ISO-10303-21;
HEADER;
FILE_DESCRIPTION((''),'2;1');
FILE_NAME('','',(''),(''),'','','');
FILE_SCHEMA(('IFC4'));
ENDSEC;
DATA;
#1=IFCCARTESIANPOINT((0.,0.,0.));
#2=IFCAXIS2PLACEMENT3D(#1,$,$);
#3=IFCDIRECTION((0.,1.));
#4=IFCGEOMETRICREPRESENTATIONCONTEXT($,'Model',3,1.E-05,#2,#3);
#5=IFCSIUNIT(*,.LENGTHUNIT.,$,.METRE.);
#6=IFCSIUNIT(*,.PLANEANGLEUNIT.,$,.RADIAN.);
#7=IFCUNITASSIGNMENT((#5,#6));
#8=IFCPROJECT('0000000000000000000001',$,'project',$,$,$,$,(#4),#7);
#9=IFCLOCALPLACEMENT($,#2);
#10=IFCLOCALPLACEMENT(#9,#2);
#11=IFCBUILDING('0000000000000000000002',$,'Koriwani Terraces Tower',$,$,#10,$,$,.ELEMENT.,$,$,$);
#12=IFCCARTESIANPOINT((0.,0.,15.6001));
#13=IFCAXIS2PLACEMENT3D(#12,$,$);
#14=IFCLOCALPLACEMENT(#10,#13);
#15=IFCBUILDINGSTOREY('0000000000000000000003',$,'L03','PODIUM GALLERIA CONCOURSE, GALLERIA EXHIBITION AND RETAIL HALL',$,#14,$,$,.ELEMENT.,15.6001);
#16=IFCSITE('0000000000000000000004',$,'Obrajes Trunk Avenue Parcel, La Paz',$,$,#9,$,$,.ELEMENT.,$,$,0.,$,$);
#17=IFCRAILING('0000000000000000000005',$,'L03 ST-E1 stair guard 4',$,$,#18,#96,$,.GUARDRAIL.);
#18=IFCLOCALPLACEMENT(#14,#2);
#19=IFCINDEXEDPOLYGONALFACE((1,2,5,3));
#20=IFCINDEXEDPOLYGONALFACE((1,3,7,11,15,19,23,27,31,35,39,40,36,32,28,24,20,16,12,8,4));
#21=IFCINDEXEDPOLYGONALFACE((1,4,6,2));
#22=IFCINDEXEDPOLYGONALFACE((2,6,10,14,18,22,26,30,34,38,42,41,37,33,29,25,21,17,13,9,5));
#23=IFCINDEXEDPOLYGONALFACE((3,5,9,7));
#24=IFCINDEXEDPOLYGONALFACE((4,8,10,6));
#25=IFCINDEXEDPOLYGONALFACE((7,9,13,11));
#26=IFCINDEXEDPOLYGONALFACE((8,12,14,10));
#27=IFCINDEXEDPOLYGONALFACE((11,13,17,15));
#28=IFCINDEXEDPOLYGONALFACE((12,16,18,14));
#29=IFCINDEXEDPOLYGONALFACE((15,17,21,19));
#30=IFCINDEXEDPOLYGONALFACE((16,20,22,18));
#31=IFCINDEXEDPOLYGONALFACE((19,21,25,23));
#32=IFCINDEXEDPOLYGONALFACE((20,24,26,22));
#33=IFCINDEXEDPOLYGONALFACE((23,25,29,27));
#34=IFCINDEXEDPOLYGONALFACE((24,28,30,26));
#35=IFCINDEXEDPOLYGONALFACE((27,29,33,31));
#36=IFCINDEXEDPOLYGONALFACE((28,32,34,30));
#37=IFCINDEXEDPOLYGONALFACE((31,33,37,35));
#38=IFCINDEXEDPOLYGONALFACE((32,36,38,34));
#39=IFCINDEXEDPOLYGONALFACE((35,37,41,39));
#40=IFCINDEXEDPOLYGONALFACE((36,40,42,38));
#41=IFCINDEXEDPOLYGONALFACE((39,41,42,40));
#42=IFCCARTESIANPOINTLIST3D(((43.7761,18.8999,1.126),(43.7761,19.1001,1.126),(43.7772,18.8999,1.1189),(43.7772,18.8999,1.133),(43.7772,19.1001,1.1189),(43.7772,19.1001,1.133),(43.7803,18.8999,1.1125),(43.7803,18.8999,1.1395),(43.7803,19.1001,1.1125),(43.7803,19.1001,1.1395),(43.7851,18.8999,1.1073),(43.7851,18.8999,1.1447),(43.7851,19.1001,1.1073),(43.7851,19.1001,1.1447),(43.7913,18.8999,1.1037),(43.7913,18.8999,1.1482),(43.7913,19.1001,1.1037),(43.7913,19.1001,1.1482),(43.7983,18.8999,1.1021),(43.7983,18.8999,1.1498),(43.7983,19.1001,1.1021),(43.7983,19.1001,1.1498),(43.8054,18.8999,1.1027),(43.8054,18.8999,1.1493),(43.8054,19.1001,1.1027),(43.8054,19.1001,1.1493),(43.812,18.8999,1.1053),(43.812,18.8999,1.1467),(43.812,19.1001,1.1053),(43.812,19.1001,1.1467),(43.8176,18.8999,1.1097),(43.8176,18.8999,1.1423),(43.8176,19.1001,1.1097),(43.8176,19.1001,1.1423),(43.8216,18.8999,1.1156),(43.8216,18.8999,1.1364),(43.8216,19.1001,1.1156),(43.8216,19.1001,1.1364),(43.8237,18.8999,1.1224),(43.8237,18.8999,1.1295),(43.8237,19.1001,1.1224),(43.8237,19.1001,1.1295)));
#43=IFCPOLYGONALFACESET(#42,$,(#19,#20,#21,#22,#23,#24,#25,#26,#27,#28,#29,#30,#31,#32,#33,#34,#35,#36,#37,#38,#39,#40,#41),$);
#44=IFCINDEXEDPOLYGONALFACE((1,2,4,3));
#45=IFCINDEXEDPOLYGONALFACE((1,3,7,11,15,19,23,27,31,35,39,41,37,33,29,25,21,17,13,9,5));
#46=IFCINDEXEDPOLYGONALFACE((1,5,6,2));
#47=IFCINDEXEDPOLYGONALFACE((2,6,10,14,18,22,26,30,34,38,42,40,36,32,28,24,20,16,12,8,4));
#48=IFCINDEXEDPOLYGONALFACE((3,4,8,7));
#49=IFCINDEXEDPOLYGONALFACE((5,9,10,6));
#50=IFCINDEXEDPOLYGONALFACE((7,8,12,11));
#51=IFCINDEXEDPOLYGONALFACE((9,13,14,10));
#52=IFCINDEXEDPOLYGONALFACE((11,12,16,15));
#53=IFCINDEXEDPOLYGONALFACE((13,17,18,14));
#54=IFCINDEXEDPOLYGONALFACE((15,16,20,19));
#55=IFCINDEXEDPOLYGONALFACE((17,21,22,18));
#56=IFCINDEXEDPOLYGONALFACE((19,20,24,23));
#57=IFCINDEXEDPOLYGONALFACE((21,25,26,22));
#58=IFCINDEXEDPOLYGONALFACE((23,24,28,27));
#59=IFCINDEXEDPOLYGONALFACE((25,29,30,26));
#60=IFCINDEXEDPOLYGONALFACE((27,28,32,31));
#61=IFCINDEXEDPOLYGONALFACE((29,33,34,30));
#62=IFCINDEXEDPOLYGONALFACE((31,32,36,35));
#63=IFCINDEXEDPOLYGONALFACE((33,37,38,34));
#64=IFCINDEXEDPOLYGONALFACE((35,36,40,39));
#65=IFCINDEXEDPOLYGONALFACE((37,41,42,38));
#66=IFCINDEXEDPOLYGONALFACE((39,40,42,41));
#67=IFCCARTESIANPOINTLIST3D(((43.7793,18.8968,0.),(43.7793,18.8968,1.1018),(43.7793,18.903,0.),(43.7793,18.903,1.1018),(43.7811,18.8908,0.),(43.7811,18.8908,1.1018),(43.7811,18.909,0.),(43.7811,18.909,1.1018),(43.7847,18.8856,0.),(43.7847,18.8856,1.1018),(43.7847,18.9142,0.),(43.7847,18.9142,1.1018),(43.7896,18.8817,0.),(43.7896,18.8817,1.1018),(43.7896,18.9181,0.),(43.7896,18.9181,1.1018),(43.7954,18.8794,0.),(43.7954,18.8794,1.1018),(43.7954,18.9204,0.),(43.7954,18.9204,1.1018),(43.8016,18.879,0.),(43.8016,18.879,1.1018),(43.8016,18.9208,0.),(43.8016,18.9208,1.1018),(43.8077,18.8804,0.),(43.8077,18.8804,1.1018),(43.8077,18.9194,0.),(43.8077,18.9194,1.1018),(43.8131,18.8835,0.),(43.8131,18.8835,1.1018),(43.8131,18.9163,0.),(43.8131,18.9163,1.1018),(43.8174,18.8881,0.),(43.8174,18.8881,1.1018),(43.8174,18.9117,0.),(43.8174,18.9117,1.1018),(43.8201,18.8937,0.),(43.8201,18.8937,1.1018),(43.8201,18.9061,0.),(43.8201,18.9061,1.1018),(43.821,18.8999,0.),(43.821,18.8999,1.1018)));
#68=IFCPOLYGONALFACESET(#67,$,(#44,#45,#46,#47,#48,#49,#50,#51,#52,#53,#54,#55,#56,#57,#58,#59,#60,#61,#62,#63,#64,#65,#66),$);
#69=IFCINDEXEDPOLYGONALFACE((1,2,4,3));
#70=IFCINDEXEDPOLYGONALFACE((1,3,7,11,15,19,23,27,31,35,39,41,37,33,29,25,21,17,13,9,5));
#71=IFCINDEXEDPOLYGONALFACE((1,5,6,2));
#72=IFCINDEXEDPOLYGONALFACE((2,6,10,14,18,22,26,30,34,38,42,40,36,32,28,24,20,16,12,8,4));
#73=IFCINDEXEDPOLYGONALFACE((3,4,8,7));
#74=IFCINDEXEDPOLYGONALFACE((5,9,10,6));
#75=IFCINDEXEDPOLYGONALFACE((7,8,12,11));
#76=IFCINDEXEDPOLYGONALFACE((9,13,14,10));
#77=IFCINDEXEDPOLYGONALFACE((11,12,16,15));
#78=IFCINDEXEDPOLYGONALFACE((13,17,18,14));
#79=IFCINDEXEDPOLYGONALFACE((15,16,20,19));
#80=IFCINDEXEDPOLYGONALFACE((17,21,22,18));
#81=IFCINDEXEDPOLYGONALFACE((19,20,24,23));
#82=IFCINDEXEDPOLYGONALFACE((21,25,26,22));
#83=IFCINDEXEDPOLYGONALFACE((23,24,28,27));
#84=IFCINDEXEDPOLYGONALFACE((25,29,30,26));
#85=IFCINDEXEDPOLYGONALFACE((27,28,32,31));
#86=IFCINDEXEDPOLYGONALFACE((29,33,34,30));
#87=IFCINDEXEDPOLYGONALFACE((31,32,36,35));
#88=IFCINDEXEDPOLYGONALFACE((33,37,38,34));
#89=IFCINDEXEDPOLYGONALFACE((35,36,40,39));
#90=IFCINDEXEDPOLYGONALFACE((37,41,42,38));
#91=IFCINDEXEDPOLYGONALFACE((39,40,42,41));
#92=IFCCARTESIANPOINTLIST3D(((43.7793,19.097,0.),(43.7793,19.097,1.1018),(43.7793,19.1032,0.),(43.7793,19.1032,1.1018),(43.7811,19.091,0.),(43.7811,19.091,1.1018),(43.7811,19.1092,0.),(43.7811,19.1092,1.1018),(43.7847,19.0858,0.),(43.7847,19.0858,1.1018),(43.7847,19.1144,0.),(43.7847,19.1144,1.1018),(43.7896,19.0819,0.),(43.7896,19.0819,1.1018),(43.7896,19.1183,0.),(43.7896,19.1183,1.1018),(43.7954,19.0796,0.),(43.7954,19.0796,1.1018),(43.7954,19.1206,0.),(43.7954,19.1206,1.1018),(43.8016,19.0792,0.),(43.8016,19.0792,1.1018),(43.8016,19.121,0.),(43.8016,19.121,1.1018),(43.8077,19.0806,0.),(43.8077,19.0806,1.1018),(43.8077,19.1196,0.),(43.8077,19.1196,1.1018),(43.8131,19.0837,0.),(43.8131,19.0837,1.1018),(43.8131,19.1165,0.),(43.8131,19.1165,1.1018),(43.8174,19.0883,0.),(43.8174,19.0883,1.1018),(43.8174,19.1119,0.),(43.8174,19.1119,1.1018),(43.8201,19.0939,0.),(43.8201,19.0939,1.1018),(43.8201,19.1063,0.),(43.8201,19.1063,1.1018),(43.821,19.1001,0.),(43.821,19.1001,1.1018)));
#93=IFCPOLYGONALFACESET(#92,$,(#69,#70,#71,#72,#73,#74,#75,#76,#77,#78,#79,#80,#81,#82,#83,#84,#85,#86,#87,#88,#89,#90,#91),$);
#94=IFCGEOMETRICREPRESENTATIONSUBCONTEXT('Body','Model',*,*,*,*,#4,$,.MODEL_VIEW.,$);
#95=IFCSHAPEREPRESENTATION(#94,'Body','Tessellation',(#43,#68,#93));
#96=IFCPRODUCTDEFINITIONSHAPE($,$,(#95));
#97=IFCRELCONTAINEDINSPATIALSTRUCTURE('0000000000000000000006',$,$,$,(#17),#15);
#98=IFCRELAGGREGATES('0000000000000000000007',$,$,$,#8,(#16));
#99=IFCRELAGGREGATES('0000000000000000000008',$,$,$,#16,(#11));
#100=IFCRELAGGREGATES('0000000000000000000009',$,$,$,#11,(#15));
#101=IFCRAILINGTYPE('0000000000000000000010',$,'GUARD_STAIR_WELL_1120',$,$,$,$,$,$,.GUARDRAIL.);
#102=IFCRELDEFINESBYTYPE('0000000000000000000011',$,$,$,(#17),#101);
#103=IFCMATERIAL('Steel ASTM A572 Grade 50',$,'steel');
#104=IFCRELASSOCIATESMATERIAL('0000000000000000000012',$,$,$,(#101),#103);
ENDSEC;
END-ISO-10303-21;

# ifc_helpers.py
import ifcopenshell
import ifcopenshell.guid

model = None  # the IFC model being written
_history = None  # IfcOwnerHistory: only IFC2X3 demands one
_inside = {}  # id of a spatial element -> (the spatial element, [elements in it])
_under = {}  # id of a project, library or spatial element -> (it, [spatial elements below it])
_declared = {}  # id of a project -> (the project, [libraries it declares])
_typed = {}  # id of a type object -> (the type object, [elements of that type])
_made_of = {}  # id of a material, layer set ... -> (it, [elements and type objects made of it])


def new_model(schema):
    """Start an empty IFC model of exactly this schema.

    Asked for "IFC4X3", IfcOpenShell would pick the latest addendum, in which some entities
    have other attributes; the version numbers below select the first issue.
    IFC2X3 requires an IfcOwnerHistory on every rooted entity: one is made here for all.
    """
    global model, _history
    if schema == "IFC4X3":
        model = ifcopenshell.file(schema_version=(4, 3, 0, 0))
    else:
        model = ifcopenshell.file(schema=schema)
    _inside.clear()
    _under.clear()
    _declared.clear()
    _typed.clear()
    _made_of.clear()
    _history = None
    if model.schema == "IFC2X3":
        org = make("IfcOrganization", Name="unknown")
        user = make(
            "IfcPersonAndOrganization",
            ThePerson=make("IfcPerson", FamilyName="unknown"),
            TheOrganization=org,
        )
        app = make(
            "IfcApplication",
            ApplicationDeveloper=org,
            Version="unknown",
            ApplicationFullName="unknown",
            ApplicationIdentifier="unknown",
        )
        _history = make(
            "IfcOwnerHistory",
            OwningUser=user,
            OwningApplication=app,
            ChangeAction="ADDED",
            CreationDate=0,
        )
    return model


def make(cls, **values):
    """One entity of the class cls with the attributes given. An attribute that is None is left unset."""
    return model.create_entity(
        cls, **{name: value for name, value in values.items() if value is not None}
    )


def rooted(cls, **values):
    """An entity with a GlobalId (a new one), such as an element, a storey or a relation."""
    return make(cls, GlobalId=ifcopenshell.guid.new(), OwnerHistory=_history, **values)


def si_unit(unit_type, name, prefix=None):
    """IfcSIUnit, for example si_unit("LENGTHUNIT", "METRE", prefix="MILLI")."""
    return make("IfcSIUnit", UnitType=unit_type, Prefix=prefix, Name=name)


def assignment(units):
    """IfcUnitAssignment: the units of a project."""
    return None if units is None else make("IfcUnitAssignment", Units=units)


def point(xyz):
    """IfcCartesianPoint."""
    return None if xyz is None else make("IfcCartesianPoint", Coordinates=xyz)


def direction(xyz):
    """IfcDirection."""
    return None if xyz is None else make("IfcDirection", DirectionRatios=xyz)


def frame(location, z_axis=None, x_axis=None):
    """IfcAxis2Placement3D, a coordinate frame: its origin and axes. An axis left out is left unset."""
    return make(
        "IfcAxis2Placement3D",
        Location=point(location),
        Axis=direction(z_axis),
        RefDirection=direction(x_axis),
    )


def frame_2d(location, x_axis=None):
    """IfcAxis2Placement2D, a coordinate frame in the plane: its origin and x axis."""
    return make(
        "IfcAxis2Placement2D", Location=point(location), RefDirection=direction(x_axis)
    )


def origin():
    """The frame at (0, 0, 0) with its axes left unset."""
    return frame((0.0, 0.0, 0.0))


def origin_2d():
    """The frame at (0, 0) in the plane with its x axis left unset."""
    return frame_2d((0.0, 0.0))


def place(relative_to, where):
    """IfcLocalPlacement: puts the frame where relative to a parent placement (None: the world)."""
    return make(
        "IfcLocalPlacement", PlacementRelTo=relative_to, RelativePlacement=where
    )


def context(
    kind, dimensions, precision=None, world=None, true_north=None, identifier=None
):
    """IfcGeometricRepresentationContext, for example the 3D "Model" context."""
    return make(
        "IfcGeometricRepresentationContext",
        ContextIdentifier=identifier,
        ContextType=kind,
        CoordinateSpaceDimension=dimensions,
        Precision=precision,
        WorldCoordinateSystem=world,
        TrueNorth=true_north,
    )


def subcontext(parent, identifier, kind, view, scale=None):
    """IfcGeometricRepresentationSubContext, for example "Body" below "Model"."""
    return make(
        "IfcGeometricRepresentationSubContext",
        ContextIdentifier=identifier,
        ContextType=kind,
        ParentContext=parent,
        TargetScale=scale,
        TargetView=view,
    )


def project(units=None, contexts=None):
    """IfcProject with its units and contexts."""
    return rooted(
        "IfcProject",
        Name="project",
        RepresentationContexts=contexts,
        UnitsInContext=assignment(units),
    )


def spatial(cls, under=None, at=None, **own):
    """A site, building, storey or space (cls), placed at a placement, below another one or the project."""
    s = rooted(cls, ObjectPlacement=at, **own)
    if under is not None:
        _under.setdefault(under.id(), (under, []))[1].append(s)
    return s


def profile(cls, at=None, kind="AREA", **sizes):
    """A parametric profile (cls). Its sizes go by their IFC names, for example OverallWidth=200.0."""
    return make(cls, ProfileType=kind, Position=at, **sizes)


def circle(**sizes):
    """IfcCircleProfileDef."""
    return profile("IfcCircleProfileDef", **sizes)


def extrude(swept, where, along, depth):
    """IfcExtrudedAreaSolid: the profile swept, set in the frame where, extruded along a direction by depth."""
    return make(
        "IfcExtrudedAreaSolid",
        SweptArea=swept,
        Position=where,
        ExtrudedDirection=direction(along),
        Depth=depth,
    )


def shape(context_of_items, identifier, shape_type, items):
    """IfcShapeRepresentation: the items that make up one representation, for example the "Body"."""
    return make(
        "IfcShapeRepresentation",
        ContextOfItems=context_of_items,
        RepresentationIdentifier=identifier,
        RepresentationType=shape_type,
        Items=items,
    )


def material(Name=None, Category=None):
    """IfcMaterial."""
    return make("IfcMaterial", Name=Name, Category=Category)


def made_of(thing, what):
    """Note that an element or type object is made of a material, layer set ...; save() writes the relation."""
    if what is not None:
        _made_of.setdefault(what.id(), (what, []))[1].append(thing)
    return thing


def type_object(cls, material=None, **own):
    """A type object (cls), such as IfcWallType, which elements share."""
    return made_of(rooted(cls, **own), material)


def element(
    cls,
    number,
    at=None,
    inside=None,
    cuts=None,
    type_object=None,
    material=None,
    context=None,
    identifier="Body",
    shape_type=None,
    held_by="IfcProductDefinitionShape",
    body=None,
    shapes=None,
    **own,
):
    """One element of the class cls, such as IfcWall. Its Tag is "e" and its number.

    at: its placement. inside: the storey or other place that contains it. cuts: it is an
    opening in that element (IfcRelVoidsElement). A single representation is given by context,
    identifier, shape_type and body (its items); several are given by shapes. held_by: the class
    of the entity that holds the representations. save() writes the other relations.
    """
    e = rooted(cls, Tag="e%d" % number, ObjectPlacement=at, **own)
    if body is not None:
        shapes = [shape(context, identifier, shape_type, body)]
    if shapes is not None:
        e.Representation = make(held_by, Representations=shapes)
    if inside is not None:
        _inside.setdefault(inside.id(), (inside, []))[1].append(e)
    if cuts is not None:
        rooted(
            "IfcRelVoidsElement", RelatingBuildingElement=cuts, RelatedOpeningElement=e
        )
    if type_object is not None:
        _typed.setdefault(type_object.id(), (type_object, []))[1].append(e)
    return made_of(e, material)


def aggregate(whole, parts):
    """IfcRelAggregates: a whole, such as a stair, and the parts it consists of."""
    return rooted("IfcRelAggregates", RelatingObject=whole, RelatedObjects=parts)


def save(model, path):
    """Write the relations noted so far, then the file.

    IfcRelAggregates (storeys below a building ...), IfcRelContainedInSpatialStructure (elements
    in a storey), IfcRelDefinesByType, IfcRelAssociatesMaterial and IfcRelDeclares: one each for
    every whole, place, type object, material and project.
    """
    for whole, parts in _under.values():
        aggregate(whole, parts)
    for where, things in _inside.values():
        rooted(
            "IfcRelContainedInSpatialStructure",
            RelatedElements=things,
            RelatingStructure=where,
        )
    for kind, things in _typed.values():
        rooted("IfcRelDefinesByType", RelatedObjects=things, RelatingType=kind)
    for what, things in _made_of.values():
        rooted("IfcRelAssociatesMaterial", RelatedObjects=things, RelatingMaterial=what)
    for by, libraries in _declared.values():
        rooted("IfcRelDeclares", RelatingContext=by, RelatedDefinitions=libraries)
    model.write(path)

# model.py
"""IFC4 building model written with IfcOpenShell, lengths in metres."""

from ifc_helpers import new_model, si_unit, direction, frame, origin, origin_2d, place, context, subcontext, project, spatial, circle, extrude, material, type_object, element, save


model = new_model("IFC4")

# Units and contexts
model_context = context("Model", 3, precision=1e-05, world=origin(), true_north=direction((0.0, 1.0)))
body_context = subcontext(model_context, "Body", "Model", "MODEL_VIEW")
ifc_project = project(units=[si_unit("LENGTHUNIT", "METRE"), si_unit("PLANEANGLEUNIT", "RADIAN")], contexts=[model_context])

# Site, building, storey
site_placement = place(None, origin())
site = spatial("IfcSite", under=ifc_project, at=site_placement, Name="Obrajes Trunk Avenue Parcel, La Paz", CompositionType="ELEMENT", RefElevation=0.0)
building_placement = place(site_placement, origin())
building = spatial("IfcBuilding", under=site, at=building_placement, Name="Koriwani Terraces Tower", CompositionType="ELEMENT")
storey_placement = place(building_placement, frame((0.0, 0.0, 15.6001)))
storey = spatial("IfcBuildingStorey", under=building, at=storey_placement, Name="L03", Description="PODIUM GALLERIA CONCOURSE, GALLERIA EXHIBITION AND RETAIL HALL", CompositionType="ELEMENT", Elevation=15.6001)

# Shared definitions
ifc_material_1 = material(Name="Steel ASTM A572 Grade 50", Category="steel")

# Railing
railing_type_1 = type_object("IfcRailingType", Name="GUARD_STAIR_WELL_1120", PredefinedType="GUARDRAIL", material=ifc_material_1)
railing_1_placement = place(storey_placement, frame((43.8, 18.8999, 0.0)))
element("IfcRailing", 1, at=railing_1_placement, inside=storey, type_object=railing_type_1, Name="L03 ST-E1 stair guard 4", PredefinedType="GUARDRAIL", context=body_context, shape_type="SweptSolid", body=[
    extrude(circle(Radius=0.0239, at=origin_2d()), frame((0.0, 0.0, 1.126), z_axis=(0.0, 1.0, 0.0), x_axis=(-1.0, 0.0, 0.0)), (0.0, 0.0, 1.0), 0.2002),
    extrude(circle(Radius=0.021, at=origin_2d()), origin(), (0.0, 0.0, 1.0), 1.1018),
    extrude(circle(Radius=0.021, at=origin_2d()), frame((0.0, 0.2002, 0.0)), (0.0, 0.0, 1.0), 1.1018),
])

save(model, "model.ifc")
